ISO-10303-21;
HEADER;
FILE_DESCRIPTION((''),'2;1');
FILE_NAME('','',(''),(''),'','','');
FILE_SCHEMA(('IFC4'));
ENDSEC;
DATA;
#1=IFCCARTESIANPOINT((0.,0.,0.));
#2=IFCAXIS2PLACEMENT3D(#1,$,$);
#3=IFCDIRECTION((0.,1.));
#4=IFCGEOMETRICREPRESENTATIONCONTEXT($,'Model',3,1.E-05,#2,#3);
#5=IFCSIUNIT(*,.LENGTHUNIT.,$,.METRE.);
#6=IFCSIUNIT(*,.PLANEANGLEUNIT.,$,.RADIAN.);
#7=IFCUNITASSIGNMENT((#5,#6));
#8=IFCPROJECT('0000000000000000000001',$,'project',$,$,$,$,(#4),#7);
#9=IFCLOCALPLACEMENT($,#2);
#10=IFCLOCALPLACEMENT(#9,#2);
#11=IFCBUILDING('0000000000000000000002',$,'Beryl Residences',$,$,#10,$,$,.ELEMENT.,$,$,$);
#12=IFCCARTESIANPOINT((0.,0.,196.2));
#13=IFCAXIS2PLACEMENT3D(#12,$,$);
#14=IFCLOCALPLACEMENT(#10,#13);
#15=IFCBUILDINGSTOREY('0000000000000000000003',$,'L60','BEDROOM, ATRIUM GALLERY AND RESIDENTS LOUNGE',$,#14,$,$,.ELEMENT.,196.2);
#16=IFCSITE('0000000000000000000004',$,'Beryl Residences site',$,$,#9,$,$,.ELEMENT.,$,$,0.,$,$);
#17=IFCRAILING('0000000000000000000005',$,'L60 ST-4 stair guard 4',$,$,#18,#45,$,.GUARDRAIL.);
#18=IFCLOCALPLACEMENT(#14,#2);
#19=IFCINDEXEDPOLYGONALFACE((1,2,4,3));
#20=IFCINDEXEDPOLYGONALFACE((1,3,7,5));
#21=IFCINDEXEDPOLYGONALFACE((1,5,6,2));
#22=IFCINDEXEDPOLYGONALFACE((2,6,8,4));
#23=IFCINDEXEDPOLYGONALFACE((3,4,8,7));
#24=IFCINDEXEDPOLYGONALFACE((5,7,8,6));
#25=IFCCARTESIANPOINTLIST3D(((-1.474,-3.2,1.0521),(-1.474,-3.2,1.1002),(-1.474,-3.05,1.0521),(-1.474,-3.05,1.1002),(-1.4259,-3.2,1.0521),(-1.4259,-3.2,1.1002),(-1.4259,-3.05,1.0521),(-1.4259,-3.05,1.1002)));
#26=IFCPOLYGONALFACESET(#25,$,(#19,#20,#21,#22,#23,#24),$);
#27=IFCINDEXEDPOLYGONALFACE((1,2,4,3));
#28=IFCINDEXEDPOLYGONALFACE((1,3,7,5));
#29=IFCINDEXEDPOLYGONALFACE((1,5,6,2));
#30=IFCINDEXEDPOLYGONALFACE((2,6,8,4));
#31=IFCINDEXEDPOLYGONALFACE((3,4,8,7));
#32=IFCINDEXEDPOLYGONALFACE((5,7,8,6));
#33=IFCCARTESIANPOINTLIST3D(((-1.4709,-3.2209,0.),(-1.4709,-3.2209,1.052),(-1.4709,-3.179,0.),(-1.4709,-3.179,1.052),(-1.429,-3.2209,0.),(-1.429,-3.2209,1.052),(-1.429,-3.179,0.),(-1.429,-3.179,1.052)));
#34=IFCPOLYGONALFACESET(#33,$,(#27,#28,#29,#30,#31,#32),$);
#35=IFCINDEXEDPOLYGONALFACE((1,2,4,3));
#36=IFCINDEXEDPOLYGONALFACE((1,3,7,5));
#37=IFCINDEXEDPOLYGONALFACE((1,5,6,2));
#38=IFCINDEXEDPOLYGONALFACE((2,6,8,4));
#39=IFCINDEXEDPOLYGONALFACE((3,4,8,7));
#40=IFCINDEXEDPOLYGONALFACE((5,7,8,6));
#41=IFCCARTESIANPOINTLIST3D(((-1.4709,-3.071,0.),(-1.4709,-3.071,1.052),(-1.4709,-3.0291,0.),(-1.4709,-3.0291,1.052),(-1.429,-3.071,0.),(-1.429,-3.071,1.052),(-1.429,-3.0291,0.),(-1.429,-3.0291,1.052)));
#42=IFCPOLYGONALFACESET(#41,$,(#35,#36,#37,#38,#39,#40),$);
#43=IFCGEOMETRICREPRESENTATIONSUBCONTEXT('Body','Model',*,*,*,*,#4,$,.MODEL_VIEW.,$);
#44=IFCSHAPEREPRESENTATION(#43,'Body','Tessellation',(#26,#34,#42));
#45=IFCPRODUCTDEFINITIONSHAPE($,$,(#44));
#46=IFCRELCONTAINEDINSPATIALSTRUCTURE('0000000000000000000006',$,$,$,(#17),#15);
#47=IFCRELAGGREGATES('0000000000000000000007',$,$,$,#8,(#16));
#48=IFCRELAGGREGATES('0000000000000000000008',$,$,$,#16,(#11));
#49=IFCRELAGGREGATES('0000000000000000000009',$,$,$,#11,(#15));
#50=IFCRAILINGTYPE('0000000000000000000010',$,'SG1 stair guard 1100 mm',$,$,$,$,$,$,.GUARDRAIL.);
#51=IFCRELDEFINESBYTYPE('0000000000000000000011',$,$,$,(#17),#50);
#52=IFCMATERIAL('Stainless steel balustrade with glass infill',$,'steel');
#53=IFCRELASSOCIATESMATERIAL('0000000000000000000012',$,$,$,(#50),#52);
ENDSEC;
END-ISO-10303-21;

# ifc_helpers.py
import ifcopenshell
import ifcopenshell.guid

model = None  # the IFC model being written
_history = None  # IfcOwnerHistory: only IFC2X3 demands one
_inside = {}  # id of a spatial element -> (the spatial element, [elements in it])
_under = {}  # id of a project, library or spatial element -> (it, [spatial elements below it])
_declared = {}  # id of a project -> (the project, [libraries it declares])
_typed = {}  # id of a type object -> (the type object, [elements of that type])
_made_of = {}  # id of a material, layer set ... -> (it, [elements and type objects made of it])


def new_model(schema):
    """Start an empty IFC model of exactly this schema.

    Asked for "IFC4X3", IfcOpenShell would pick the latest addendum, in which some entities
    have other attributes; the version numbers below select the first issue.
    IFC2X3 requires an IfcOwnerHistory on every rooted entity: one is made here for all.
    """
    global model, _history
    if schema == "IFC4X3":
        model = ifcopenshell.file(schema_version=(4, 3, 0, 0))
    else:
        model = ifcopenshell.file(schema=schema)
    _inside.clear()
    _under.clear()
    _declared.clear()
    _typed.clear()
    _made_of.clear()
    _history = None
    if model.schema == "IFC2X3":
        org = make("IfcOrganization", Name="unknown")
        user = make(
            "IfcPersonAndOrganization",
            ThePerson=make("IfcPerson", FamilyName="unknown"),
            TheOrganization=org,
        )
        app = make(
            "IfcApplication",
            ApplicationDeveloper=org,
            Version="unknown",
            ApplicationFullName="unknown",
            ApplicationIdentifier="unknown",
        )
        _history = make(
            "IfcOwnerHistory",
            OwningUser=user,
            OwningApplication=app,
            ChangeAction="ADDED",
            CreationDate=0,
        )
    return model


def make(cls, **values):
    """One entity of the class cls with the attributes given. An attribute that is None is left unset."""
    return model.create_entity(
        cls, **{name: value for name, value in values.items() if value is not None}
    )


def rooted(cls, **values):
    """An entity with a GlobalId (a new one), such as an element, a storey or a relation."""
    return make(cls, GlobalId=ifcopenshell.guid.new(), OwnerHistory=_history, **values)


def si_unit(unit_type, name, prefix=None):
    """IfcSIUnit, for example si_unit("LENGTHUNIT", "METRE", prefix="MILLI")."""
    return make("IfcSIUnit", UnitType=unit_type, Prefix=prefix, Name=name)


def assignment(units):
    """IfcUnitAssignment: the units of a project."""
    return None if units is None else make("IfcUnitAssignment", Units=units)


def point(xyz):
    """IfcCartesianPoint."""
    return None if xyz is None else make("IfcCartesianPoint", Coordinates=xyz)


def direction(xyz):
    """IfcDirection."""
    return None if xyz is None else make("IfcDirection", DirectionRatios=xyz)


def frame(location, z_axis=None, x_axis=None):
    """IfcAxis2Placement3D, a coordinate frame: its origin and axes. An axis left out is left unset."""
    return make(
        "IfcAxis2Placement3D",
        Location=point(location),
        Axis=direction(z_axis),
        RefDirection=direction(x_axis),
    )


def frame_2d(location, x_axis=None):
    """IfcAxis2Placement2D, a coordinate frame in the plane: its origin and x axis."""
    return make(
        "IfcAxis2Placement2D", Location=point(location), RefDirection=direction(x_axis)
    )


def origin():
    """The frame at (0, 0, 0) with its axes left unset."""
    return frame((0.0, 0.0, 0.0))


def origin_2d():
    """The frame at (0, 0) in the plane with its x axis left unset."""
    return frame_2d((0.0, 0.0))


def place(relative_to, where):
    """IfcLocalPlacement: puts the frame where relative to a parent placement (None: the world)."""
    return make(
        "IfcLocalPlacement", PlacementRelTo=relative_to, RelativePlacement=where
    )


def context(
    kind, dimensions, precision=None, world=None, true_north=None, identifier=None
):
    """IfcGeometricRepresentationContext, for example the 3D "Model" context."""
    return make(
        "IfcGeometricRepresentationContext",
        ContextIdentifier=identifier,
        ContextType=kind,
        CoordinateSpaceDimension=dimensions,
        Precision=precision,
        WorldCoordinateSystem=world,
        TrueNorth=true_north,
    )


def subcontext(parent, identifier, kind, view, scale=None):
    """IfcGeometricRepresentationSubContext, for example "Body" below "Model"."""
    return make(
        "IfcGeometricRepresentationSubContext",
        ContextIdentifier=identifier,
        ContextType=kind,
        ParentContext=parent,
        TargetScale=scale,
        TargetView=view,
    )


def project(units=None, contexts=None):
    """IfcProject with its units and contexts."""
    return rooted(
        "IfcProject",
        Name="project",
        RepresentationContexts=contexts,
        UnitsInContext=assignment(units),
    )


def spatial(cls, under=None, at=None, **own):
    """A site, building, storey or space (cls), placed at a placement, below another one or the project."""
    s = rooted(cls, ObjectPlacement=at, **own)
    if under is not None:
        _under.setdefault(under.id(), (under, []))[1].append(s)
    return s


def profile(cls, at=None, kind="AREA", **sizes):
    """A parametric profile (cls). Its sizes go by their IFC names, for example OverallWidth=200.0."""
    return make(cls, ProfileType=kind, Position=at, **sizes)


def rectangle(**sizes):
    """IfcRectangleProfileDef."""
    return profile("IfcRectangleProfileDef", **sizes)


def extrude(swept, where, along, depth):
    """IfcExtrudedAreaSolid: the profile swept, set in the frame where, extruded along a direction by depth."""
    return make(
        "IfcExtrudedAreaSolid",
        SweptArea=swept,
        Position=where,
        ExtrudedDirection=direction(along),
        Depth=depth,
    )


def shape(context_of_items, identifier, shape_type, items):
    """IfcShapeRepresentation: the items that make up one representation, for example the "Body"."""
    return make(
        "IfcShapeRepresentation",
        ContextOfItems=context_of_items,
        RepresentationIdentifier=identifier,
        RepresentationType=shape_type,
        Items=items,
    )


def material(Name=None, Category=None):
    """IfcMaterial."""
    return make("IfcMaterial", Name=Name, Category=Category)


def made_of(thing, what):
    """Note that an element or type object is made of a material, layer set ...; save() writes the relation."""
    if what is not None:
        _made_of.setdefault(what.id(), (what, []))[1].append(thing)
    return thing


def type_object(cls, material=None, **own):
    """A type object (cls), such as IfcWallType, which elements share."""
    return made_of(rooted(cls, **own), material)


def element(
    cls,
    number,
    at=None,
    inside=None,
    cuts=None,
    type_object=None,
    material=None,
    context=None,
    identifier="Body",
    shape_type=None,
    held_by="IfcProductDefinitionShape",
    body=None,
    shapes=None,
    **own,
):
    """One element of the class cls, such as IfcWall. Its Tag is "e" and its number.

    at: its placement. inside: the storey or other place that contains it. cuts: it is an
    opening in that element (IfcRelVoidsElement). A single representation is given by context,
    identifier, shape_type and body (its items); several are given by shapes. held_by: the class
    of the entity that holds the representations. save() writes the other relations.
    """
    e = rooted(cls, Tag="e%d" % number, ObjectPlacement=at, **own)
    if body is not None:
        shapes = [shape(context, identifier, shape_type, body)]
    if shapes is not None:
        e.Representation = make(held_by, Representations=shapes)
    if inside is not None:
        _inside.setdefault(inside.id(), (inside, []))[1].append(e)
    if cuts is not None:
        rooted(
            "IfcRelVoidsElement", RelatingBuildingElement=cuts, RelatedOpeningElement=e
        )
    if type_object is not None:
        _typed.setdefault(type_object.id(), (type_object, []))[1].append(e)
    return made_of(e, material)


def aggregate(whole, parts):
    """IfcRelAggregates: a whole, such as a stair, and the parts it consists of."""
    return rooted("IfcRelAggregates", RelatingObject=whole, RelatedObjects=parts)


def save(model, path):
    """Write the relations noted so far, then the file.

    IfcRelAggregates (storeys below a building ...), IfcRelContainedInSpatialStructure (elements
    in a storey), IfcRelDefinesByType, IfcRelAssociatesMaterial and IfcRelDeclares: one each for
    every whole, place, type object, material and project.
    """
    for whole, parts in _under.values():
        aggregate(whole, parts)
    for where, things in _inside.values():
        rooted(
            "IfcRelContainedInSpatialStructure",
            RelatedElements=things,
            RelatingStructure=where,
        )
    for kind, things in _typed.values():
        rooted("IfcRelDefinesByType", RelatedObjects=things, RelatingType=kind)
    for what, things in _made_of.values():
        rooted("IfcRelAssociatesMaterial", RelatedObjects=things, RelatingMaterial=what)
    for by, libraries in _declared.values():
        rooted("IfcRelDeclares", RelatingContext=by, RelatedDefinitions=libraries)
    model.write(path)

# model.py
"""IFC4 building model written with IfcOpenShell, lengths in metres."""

from ifc_helpers import new_model, si_unit, direction, frame, origin, origin_2d, place, context, subcontext, project, spatial, rectangle, extrude, material, type_object, element, save


model = new_model("IFC4")

# Units and contexts
model_context = context("Model", 3, precision=1e-05, world=origin(), true_north=direction((0.0, 1.0)))
body_context = subcontext(model_context, "Body", "Model", "MODEL_VIEW")
ifc_project = project(units=[si_unit("LENGTHUNIT", "METRE"), si_unit("PLANEANGLEUNIT", "RADIAN")], contexts=[model_context])

# Site, building, storey
site_placement = place(None, origin())
site = spatial("IfcSite", under=ifc_project, at=site_placement, Name="Beryl Residences site", CompositionType="ELEMENT", RefElevation=0.0)
building_placement = place(site_placement, origin())
building = spatial("IfcBuilding", under=site, at=building_placement, Name="Beryl Residences", CompositionType="ELEMENT")
storey_placement = place(building_placement, frame((0.0, 0.0, 196.2)))
storey = spatial("IfcBuildingStorey", under=building, at=storey_placement, Name="L60", Description="BEDROOM, ATRIUM GALLERY AND RESIDENTS LOUNGE", CompositionType="ELEMENT", Elevation=196.2)

# Railing
ifc_material_1 = material(Name="Stainless steel balustrade with glass infill", Category="steel")
railing_type = type_object("IfcRailingType", Name="SG1 stair guard 1100 mm", PredefinedType="GUARDRAIL", material=ifc_material_1)
railing_1_placement = place(storey_placement, frame((-1.45, -3.2, 0.0)))
element("IfcRailing", 1, at=railing_1_placement, inside=storey, type_object=railing_type, Name="L60 ST-4 stair guard 4", PredefinedType="GUARDRAIL", context=body_context, shape_type="SweptSolid", body=[
    extrude(rectangle(XDim=0.0481, YDim=0.0481, at=origin_2d()), frame((0.0, 0.0, 1.0762), z_axis=(0.0, 1.0, 0.0), x_axis=(-1.0, 0.0, 0.0)), (0.0, 0.0, 1.0), 0.1499),
    extrude(rectangle(XDim=0.042, YDim=0.042, at=origin_2d()), origin(), (0.0, 0.0, 1.0), 1.052),
    extrude(rectangle(XDim=0.042, YDim=0.042, at=origin_2d()), frame((0.0, 0.1499, 0.0)), (0.0, 0.0, 1.0), 1.052),
])

save(model, "model.ifc")
